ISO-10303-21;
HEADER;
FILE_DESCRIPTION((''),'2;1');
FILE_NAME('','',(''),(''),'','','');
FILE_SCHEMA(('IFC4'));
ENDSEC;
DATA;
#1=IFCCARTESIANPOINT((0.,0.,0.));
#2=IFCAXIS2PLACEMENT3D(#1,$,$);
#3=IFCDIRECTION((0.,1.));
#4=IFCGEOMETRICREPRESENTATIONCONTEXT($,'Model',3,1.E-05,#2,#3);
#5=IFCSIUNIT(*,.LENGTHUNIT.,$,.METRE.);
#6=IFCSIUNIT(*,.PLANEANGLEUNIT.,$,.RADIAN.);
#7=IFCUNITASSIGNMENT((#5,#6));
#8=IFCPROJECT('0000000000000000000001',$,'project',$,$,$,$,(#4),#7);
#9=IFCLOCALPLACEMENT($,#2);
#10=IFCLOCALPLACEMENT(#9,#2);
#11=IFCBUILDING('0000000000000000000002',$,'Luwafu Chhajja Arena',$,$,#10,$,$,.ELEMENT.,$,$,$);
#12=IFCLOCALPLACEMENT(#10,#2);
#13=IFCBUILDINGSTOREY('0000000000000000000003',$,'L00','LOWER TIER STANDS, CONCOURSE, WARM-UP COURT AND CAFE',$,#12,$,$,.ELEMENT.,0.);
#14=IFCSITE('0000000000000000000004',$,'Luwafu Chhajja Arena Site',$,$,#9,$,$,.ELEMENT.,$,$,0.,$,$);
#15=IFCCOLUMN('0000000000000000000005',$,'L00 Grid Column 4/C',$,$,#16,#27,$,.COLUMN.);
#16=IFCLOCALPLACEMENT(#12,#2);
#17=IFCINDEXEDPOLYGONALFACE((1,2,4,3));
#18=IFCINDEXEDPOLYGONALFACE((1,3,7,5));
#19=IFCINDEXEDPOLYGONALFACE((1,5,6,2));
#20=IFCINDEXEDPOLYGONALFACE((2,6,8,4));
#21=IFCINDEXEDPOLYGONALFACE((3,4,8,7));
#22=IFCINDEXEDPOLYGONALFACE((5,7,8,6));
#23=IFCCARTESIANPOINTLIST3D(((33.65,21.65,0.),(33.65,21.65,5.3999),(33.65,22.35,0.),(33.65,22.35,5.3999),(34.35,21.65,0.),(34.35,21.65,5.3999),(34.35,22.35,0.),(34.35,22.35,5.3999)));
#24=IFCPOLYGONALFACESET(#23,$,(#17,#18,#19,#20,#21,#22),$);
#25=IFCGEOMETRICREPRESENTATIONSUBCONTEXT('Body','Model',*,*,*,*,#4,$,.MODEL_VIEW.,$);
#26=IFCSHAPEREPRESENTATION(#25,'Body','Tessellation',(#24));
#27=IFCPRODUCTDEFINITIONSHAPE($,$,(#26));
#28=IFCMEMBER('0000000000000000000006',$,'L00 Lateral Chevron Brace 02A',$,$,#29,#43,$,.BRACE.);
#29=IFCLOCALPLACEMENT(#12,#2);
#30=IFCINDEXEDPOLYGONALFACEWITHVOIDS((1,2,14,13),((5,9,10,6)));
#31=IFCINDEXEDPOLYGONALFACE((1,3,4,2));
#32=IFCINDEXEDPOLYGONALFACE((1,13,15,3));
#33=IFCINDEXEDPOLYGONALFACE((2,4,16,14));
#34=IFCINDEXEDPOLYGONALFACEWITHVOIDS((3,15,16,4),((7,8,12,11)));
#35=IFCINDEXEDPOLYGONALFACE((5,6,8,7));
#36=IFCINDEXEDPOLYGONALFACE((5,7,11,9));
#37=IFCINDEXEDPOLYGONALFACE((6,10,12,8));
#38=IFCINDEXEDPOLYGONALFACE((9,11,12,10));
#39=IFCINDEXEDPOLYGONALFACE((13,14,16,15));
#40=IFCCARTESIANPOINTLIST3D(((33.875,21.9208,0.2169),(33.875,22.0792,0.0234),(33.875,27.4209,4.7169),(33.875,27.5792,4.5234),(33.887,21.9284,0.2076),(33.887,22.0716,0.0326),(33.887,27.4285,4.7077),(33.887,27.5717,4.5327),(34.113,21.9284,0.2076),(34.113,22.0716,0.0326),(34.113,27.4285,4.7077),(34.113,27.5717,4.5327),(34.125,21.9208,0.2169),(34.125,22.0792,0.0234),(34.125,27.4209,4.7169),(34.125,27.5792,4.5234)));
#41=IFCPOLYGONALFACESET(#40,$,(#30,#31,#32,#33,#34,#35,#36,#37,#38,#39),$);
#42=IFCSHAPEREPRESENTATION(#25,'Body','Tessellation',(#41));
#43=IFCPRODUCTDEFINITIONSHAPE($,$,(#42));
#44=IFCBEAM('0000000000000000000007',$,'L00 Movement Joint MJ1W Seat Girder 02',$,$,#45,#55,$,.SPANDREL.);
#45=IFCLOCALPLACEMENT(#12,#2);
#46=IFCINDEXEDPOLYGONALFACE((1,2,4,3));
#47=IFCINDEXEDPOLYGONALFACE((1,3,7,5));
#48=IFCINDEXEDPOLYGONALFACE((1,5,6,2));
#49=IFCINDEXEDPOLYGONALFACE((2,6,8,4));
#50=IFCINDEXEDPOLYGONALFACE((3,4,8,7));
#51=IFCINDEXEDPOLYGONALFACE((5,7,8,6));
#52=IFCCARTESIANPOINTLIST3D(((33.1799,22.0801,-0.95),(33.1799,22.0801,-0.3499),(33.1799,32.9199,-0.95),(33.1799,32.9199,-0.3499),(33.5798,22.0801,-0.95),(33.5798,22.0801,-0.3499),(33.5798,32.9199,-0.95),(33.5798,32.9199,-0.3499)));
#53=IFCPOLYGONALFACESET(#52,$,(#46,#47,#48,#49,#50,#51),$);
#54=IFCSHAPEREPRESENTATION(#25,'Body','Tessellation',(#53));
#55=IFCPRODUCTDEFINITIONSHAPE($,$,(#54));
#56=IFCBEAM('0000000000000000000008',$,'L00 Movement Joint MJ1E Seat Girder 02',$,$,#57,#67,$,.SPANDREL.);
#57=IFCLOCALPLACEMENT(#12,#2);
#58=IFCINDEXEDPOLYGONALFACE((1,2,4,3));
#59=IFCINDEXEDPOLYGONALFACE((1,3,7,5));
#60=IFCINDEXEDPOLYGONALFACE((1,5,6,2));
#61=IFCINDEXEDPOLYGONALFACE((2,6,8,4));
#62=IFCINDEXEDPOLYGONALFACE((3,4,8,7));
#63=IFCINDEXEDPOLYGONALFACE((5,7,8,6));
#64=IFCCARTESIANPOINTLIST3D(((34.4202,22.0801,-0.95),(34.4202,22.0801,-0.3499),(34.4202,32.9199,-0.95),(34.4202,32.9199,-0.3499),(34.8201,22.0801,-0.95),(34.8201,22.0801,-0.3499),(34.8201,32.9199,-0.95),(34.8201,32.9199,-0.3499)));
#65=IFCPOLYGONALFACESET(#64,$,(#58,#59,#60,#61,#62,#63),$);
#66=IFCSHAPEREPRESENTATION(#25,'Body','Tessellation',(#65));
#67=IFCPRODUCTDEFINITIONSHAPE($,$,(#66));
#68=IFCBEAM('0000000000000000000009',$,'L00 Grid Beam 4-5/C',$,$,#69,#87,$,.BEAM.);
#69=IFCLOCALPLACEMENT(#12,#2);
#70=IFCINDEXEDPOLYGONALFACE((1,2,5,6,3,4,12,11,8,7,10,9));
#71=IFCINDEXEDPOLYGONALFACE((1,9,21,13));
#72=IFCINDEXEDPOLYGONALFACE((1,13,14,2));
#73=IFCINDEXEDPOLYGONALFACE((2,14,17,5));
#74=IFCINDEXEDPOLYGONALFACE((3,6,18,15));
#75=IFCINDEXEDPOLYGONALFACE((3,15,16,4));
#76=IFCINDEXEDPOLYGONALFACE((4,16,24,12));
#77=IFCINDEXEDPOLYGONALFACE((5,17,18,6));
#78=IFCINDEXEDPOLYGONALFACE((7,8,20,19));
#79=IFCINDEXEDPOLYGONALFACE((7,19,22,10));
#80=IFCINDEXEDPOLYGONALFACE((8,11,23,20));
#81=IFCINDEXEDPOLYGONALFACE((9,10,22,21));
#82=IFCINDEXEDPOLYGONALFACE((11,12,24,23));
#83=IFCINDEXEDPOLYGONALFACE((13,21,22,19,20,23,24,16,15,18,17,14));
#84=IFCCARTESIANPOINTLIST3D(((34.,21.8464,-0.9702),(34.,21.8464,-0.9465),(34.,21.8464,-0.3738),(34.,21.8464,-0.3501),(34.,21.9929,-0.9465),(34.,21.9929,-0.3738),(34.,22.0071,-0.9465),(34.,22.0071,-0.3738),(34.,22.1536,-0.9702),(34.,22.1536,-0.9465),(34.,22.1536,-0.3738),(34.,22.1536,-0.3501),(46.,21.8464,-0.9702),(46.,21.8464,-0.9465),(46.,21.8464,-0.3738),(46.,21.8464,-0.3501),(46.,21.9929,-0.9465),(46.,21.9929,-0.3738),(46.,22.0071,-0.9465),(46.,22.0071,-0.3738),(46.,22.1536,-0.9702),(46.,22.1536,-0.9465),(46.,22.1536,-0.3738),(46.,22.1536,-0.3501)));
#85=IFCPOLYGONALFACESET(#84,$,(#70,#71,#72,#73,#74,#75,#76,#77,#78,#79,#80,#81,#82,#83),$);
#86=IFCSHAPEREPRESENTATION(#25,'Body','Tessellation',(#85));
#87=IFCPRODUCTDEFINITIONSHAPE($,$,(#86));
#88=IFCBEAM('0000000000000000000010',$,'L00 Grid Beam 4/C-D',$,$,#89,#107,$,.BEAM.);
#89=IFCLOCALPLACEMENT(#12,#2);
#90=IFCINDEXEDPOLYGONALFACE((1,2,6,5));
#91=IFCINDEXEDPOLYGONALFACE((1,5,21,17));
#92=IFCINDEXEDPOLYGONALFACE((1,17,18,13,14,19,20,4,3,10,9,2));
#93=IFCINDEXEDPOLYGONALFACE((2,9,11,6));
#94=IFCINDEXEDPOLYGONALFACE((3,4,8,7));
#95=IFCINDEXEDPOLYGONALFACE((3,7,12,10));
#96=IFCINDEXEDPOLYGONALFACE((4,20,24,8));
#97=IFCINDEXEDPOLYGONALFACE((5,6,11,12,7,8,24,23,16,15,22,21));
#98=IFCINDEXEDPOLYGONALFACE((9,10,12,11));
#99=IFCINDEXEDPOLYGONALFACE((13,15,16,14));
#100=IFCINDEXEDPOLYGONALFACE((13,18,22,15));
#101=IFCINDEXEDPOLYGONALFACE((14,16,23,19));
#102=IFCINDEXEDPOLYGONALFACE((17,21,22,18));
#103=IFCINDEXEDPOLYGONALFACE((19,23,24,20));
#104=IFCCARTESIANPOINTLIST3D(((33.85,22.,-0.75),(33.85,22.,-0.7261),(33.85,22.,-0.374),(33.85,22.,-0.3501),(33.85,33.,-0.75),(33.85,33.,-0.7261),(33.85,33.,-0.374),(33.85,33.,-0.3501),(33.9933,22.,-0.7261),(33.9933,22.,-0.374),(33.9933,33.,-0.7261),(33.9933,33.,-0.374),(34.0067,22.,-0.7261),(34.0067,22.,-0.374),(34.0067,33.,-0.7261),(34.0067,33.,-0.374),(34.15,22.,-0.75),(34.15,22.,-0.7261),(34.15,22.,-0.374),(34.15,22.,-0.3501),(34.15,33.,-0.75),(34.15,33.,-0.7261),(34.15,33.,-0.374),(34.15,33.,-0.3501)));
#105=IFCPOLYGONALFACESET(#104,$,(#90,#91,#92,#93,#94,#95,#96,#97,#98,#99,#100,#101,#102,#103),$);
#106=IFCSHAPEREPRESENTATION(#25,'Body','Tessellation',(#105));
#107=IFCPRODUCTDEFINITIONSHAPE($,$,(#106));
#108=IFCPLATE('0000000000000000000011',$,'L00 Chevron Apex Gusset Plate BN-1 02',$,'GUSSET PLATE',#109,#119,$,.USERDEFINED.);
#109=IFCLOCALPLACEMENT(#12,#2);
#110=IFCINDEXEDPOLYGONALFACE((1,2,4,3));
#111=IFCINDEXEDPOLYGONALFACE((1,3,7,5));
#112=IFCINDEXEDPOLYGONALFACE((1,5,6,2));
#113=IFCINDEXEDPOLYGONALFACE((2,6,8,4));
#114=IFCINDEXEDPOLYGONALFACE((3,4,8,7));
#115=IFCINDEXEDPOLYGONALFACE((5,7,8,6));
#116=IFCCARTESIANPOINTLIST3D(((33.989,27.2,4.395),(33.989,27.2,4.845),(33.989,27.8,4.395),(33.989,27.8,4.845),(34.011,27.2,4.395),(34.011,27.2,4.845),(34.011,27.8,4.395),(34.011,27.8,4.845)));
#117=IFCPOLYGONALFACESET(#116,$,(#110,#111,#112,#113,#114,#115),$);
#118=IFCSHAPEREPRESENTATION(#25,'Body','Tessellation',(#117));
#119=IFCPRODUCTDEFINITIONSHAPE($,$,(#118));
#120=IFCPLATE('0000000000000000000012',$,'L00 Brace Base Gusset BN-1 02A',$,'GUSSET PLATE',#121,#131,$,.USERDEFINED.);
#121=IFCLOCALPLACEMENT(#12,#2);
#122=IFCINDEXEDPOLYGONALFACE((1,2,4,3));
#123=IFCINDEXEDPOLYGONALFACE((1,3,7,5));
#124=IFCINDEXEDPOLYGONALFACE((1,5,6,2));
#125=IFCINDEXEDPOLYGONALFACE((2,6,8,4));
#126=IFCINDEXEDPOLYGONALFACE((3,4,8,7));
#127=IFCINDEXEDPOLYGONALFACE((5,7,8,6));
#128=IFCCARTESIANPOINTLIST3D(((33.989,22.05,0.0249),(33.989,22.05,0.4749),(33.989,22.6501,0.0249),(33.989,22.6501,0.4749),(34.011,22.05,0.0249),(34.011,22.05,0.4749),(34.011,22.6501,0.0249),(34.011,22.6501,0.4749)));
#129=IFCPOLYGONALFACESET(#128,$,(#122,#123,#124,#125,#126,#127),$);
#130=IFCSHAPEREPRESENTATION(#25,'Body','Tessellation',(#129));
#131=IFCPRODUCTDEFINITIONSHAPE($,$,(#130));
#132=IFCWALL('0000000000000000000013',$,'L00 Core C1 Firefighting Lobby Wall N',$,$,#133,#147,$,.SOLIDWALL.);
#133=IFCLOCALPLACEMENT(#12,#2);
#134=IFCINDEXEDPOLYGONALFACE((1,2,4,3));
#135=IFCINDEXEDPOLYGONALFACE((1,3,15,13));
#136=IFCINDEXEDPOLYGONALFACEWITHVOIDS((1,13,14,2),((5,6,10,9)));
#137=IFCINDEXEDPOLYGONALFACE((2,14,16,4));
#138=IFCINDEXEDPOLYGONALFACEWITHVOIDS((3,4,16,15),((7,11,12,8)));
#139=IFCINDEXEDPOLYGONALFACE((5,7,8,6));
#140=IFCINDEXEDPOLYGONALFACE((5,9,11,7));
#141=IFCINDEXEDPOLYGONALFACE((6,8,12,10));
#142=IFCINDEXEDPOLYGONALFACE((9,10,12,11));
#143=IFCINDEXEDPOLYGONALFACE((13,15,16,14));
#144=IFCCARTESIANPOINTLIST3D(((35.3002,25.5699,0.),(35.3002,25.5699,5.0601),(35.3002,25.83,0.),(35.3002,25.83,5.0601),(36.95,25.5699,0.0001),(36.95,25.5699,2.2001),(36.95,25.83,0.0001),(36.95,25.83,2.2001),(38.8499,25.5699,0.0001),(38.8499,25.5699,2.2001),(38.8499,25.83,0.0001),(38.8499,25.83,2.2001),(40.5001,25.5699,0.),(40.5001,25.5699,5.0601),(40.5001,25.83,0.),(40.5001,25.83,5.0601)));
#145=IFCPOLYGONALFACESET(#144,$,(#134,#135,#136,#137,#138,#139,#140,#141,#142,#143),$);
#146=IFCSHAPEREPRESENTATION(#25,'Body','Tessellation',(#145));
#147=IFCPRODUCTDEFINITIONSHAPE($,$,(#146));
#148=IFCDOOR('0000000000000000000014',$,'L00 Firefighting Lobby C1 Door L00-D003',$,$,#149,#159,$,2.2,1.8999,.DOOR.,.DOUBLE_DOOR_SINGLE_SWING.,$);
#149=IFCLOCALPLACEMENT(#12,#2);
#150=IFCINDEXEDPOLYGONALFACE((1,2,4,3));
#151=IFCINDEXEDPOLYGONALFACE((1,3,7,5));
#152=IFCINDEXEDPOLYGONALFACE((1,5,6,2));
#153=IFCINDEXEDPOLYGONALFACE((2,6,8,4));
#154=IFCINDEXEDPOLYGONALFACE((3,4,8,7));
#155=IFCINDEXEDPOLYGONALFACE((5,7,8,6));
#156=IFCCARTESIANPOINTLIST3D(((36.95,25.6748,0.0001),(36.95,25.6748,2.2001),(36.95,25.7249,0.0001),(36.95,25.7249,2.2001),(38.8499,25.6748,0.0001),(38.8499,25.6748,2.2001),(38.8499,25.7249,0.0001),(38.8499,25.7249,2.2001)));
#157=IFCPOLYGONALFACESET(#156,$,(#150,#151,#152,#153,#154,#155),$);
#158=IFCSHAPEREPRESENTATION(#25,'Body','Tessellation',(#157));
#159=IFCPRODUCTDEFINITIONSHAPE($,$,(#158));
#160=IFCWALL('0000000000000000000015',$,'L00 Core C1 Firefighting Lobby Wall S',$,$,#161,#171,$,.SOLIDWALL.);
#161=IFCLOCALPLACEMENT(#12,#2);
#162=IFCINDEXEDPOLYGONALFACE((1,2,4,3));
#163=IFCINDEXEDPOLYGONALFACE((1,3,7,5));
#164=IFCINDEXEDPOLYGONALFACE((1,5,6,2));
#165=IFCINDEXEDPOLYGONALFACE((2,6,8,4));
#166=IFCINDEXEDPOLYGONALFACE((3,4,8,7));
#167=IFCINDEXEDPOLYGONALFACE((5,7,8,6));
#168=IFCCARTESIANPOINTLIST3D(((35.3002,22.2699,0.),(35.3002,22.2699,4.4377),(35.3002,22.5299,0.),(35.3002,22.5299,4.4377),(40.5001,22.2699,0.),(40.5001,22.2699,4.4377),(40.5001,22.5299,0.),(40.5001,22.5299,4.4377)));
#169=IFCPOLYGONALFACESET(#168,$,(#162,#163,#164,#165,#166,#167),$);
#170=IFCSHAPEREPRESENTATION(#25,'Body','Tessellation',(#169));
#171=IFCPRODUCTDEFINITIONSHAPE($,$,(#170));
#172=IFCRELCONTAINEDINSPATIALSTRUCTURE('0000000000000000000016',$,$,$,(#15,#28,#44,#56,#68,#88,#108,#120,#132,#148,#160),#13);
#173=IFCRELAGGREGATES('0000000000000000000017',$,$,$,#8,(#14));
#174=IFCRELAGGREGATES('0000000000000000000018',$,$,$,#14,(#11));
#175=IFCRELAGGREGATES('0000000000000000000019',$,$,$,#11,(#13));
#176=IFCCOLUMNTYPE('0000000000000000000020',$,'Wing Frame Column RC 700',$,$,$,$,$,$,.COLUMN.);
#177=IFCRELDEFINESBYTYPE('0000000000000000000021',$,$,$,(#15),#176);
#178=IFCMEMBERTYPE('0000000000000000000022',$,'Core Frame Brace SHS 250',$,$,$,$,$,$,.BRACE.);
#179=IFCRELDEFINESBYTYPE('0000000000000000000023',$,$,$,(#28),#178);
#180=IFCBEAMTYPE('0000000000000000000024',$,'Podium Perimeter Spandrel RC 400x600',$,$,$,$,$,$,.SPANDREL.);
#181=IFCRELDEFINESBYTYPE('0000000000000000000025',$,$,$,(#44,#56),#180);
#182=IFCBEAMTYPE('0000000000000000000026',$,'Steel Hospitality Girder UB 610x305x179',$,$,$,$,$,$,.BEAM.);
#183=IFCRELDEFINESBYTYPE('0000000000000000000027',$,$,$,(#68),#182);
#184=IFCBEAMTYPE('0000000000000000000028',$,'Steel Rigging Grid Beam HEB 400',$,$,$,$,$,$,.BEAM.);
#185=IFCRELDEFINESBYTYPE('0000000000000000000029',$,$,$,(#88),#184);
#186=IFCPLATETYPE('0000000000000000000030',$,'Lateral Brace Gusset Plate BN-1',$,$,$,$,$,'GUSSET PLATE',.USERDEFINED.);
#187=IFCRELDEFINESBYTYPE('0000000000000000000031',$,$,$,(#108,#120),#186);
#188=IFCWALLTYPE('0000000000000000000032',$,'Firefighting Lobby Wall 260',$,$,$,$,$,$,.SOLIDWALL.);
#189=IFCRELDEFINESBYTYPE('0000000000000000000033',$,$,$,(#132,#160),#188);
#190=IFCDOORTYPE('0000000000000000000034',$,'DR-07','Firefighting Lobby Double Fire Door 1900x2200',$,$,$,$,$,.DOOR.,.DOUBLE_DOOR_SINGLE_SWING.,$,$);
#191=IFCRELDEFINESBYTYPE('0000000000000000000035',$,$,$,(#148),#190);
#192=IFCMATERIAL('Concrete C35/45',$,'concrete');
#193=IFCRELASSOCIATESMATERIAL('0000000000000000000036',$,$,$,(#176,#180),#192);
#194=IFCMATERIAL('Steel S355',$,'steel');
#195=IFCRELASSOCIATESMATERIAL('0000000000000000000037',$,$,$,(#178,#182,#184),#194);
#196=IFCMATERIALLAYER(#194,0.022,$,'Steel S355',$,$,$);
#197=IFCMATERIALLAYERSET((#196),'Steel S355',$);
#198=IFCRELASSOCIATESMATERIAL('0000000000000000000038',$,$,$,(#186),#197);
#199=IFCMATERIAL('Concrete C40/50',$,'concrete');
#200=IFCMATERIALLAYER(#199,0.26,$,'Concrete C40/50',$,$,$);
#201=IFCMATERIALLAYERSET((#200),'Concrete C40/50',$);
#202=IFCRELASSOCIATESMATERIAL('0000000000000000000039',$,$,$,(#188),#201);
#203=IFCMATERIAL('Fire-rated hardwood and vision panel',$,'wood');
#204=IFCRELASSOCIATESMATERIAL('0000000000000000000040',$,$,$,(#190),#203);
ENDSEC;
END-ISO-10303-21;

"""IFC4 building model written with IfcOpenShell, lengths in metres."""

from ifc_helpers import new_model, si_unit, direction, frame, frame_2d, origin, origin_2d, place, context, subcontext, project, spatial, rectangle, hollow_rectangle, i_section, extrude, material, layer, layer_set, material_profile, profile_set, type_object, element, fill, save


model = new_model("IFC4")

# Units and contexts
model_context = context("Model", 3, precision=1e-05, world=origin(), true_north=direction((0.0, 1.0)))
body_context = subcontext(model_context, "Body", "Model", "MODEL_VIEW")
ifc_project = project(units=[si_unit("LENGTHUNIT", "METRE"), si_unit("PLANEANGLEUNIT", "RADIAN")], contexts=[model_context])

# Site, building, storey
site_placement = place(None, origin())
site = spatial("IfcSite", under=ifc_project, at=site_placement, Name="Luwafu Chhajja Arena Site", CompositionType="ELEMENT", RefElevation=0.0)
building_placement = place(site_placement, origin())
building = spatial("IfcBuilding", under=site, at=building_placement, Name="Luwafu Chhajja Arena", CompositionType="ELEMENT")
storey_placement = place(building_placement, origin())
storey = spatial("IfcBuildingStorey", under=building, at=storey_placement, Name="L00", Description="LOWER TIER STANDS, CONCOURSE, WARM-UP COURT AND CAFE", CompositionType="ELEMENT", Elevation=0.0)

# Column
ifc_material_1 = material(Name="Concrete C35/45", Category="concrete")
ifc_material_profile_1 = material_profile(ifc_material_1, rectangle(XDim=0.7, YDim=0.7, at=origin_2d()), Name="RC 700x700")
ifc_profile_set_1 = profile_set([ifc_material_profile_1], Name="Concrete C35/45")
column_type = type_object("IfcColumnType", Name="Wing Frame Column RC 700", PredefinedType="COLUMN", material=ifc_profile_set_1)
column_placement = place(storey_placement, frame((34.0, 22.0, 0.0), z_axis=(0.0, 0.0, 1.0), x_axis=(1.0, 0.0, 0.0)))
element("IfcColumn", 1, at=column_placement, inside=storey, type_object=column_type, Name="L00 Grid Column 4/C", PredefinedType="COLUMN", context=body_context, shape_type="SweptSolid", body=[
    extrude(rectangle(XDim=0.7, YDim=0.7, at=origin_2d()), origin(), (0.0, 0.0, 1.0), 5.3999),
])

# Member
ifc_material_2 = material(Name="Steel S355", Category="steel")
ifc_material_profile_2 = material_profile(ifc_material_2, hollow_rectangle(XDim=0.25, YDim=0.25, WallThickness=0.012, at=origin_2d()), Name="SHS 250x250x12")
ifc_profile_set_2 = profile_set([ifc_material_profile_2], Name="Steel S355")
member_type = type_object("IfcMemberType", Name="Core Frame Brace SHS 250", PredefinedType="BRACE", material=ifc_profile_set_2)
member_placement = place(storey_placement, frame((34.0, 22.0, 0.1201), z_axis=(0.0, 0.773957, 0.633238), x_axis=(-1.0, 0.0, 0.0)))
element("IfcMember", 2, at=member_placement, inside=storey, type_object=member_type, Name="L00 Lateral Chevron Brace 02A", PredefinedType="BRACE", context=body_context, shape_type="SweptSolid", body=[
    extrude(hollow_rectangle(XDim=0.25, YDim=0.25, WallThickness=0.012, at=origin_2d()), origin(), (0.0, 0.0, 1.0), 7.1064),
])

# Beams
ifc_material_profile_3 = material_profile(ifc_material_1, rectangle(XDim=0.3999, YDim=0.6001, at=origin_2d()), Name="RC 400x600")
ifc_profile_set_3 = profile_set([ifc_material_profile_3], Name="Concrete C35/45")
beam_type_1 = type_object("IfcBeamType", Name="Podium Perimeter Spandrel RC 400x600", PredefinedType="SPANDREL", material=ifc_profile_set_3)
for number, where, z_axis, x_axis, name in (
    (3, (33.3799, 22.0801, -0.6499), (0.0, 1.0, 0.0), (-1.0, 0.0, 0.0), "L00 Movement Joint MJ1W Seat Girder 02"),
    (4, (34.6201, 22.0801, -0.6499), (0.0, 1.0, 0.0), (-1.0, 0.0, 0.0), "L00 Movement Joint MJ1E Seat Girder 02"),
):
    element("IfcBeam", number, at=place(storey_placement, frame(where, z_axis=z_axis, x_axis=x_axis)), inside=storey, type_object=beam_type_1, Name=name, PredefinedType="SPANDREL", context=body_context, shape_type="SweptSolid", body=[
        extrude(rectangle(XDim=0.3999, YDim=0.6001, at=origin_2d()), origin(), (0.0, 0.0, 1.0), 10.8398),
    ])
ifc_material_profile_4 = material_profile(ifc_material_2, i_section(OverallWidth=0.3071, OverallDepth=0.6201, WebThickness=0.0142, FlangeThickness=0.0237, at=origin_2d()), Name="UB 610x305x179")
ifc_profile_set_4 = profile_set([ifc_material_profile_4], Name="Steel S355")
beam_type_2 = type_object("IfcBeamType", Name="Steel Hospitality Girder UB 610x305x179", PredefinedType="BEAM", material=ifc_profile_set_4)
beam_1_placement = place(storey_placement, frame((34.0, 22.0, -0.6602), z_axis=(1.0, 0.0, 0.0), x_axis=(0.0, 1.0, 0.0)))
element("IfcBeam", 5, at=beam_1_placement, inside=storey, type_object=beam_type_2, Name="L00 Grid Beam 4-5/C", PredefinedType="BEAM", context=body_context, shape_type="SweptSolid", body=[
    extrude(i_section(OverallWidth=0.3071, OverallDepth=0.6201, WebThickness=0.0142, FlangeThickness=0.0237, at=origin_2d()), origin(), (0.0, 0.0, 1.0), 12.0),
])
ifc_material_profile_5 = material_profile(ifc_material_2, i_section(OverallWidth=0.3, OverallDepth=0.3999, WebThickness=0.0134, FlangeThickness=0.0239, at=origin_2d()), Name="HEB 400")
ifc_profile_set_5 = profile_set([ifc_material_profile_5], Name="Steel S355")
beam_type_3 = type_object("IfcBeamType", Name="Steel Rigging Grid Beam HEB 400", PredefinedType="BEAM", material=ifc_profile_set_5)
beam_2_placement = place(storey_placement, frame((34.0, 22.0, -0.55), z_axis=(0.0, 1.0, 0.0), x_axis=(-1.0, 0.0, 0.0)))
element("IfcBeam", 6, at=beam_2_placement, inside=storey, type_object=beam_type_3, Name="L00 Grid Beam 4/C-D", PredefinedType="BEAM", context=body_context, shape_type="SweptSolid", body=[
    extrude(i_section(OverallWidth=0.3, OverallDepth=0.3999, WebThickness=0.0134, FlangeThickness=0.0239, at=origin_2d()), origin(), (0.0, 0.0, 1.0), 11.0),
])

# Plates
ifc_layer_1 = layer(ifc_material_2, 0.022, Name="Steel S355")
ifc_layer_set_1 = layer_set([ifc_layer_1], Name="Steel S355")
plate_type = type_object("IfcPlateType", Name="Lateral Brace Gusset Plate BN-1", ElementType="GUSSET PLATE", PredefinedType="USERDEFINED", material=ifc_layer_set_1)
for number, where, z_axis, x_axis, name in (
    (7, (34.0, 27.5, 4.395), (0.0, 0.0, 1.0), (1.0, 0.0, 0.0), "L00 Chevron Apex Gusset Plate BN-1 02"),
    (8, (34.0, 22.3501, 0.0249), (0.0, 0.0, 1.0), (1.0, 0.0, 0.0), "L00 Brace Base Gusset BN-1 02A"),
):
    element("IfcPlate", number, at=place(storey_placement, frame(where, z_axis=z_axis, x_axis=x_axis)), inside=storey, type_object=plate_type, Name=name, ObjectType="GUSSET PLATE", PredefinedType="USERDEFINED", context=body_context, shape_type="SweptSolid", body=[
        extrude(rectangle(XDim=0.022, YDim=0.6001, at=origin_2d()), origin(), (0.0, 0.0, 1.0), 0.45),
    ])

# Wall, opening, door
ifc_material_3 = material(Name="Concrete C40/50", Category="concrete")
ifc_layer_2 = layer(ifc_material_3, 0.26, Name="Concrete C40/50")
ifc_layer_set_2 = layer_set([ifc_layer_2], Name="Concrete C40/50")
wall_type_1 = type_object("IfcWallType", Name="Firefighting Lobby Wall 260", PredefinedType="SOLIDWALL", material=ifc_layer_set_2)
wall_1_placement = place(storey_placement, frame((35.3, 25.7, 0.0), z_axis=(0.0, 0.0, 1.0), x_axis=(1.0, 0.0, 0.0)))
wall_1 = element("IfcWall", 9, at=wall_1_placement, inside=storey, type_object=wall_type_1, Name="L00 Core C1 Firefighting Lobby Wall N", PredefinedType="SOLIDWALL", context=body_context, shape_type="SweptSolid", body=[
    extrude(rectangle(XDim=5.2, YDim=0.26, at=frame_2d((2.6001, 0.0))), origin(), (0.0, 0.0, 1.0), 5.0601),
])
opening_1_placement = place(wall_1_placement, frame((1.6499, 0.0, 0.0)))
opening_1 = element("IfcOpeningElement", 10, at=opening_1_placement, cuts=wall_1, PredefinedType="OPENING", context=body_context, shape_type="SweptSolid", body=[
    extrude(rectangle(XDim=1.8999, YDim=2.2, at=frame_2d((0.95, 1.1001))), frame((0.0, 0.1399, 0.0), z_axis=(0.0, -1.0, 0.0), x_axis=(1.0, 0.0, 0.0)), (0.0, 0.0, 1.0), 0.28),
])
ifc_material_4 = material(Name="Fire-rated hardwood and vision panel", Category="wood")
door_type_1 = type_object("IfcDoorType", Name="DR-07", Description="Firefighting Lobby Double Fire Door 1900x2200", OperationType="DOUBLE_DOOR_SINGLE_SWING", PredefinedType="DOOR", material=ifc_material_4)
door_1_placement = place(opening_1_placement, origin())
door_1 = element("IfcDoor", 11, at=door_1_placement, inside=storey, type_object=door_type_1, Name="L00 Firefighting Lobby C1 Door L00-D003", OperationType="DOUBLE_DOOR_SINGLE_SWING", OverallHeight=2.2, OverallWidth=1.8999, PredefinedType="DOOR", context=body_context, shape_type="SweptSolid", body=[
    extrude(rectangle(XDim=1.8999, YDim=2.2, at=frame_2d((0.95, 1.1001))), frame((0.0, 0.0249, 0.0), z_axis=(0.0, -1.0, 0.0), x_axis=(1.0, 0.0, 0.0)), (0.0, 0.0, 1.0), 0.05),
])
fill(opening_1, door_1)

# Wall
wall_2_placement = place(storey_placement, frame((35.3, 22.3999, 0.0), z_axis=(0.0, 0.0, 1.0), x_axis=(1.0, 0.0, 0.0)))
element("IfcWall", 12, at=wall_2_placement, inside=storey, type_object=wall_type_1, Name="L00 Core C1 Firefighting Lobby Wall S", PredefinedType="SOLIDWALL", context=body_context, shape_type="SweptSolid", body=[
    extrude(rectangle(XDim=5.2, YDim=0.26, at=frame_2d((2.6001, 0.0))), origin(), (0.0, 0.0, 1.0), 4.4377),
])

save(model, "model.ifc")
